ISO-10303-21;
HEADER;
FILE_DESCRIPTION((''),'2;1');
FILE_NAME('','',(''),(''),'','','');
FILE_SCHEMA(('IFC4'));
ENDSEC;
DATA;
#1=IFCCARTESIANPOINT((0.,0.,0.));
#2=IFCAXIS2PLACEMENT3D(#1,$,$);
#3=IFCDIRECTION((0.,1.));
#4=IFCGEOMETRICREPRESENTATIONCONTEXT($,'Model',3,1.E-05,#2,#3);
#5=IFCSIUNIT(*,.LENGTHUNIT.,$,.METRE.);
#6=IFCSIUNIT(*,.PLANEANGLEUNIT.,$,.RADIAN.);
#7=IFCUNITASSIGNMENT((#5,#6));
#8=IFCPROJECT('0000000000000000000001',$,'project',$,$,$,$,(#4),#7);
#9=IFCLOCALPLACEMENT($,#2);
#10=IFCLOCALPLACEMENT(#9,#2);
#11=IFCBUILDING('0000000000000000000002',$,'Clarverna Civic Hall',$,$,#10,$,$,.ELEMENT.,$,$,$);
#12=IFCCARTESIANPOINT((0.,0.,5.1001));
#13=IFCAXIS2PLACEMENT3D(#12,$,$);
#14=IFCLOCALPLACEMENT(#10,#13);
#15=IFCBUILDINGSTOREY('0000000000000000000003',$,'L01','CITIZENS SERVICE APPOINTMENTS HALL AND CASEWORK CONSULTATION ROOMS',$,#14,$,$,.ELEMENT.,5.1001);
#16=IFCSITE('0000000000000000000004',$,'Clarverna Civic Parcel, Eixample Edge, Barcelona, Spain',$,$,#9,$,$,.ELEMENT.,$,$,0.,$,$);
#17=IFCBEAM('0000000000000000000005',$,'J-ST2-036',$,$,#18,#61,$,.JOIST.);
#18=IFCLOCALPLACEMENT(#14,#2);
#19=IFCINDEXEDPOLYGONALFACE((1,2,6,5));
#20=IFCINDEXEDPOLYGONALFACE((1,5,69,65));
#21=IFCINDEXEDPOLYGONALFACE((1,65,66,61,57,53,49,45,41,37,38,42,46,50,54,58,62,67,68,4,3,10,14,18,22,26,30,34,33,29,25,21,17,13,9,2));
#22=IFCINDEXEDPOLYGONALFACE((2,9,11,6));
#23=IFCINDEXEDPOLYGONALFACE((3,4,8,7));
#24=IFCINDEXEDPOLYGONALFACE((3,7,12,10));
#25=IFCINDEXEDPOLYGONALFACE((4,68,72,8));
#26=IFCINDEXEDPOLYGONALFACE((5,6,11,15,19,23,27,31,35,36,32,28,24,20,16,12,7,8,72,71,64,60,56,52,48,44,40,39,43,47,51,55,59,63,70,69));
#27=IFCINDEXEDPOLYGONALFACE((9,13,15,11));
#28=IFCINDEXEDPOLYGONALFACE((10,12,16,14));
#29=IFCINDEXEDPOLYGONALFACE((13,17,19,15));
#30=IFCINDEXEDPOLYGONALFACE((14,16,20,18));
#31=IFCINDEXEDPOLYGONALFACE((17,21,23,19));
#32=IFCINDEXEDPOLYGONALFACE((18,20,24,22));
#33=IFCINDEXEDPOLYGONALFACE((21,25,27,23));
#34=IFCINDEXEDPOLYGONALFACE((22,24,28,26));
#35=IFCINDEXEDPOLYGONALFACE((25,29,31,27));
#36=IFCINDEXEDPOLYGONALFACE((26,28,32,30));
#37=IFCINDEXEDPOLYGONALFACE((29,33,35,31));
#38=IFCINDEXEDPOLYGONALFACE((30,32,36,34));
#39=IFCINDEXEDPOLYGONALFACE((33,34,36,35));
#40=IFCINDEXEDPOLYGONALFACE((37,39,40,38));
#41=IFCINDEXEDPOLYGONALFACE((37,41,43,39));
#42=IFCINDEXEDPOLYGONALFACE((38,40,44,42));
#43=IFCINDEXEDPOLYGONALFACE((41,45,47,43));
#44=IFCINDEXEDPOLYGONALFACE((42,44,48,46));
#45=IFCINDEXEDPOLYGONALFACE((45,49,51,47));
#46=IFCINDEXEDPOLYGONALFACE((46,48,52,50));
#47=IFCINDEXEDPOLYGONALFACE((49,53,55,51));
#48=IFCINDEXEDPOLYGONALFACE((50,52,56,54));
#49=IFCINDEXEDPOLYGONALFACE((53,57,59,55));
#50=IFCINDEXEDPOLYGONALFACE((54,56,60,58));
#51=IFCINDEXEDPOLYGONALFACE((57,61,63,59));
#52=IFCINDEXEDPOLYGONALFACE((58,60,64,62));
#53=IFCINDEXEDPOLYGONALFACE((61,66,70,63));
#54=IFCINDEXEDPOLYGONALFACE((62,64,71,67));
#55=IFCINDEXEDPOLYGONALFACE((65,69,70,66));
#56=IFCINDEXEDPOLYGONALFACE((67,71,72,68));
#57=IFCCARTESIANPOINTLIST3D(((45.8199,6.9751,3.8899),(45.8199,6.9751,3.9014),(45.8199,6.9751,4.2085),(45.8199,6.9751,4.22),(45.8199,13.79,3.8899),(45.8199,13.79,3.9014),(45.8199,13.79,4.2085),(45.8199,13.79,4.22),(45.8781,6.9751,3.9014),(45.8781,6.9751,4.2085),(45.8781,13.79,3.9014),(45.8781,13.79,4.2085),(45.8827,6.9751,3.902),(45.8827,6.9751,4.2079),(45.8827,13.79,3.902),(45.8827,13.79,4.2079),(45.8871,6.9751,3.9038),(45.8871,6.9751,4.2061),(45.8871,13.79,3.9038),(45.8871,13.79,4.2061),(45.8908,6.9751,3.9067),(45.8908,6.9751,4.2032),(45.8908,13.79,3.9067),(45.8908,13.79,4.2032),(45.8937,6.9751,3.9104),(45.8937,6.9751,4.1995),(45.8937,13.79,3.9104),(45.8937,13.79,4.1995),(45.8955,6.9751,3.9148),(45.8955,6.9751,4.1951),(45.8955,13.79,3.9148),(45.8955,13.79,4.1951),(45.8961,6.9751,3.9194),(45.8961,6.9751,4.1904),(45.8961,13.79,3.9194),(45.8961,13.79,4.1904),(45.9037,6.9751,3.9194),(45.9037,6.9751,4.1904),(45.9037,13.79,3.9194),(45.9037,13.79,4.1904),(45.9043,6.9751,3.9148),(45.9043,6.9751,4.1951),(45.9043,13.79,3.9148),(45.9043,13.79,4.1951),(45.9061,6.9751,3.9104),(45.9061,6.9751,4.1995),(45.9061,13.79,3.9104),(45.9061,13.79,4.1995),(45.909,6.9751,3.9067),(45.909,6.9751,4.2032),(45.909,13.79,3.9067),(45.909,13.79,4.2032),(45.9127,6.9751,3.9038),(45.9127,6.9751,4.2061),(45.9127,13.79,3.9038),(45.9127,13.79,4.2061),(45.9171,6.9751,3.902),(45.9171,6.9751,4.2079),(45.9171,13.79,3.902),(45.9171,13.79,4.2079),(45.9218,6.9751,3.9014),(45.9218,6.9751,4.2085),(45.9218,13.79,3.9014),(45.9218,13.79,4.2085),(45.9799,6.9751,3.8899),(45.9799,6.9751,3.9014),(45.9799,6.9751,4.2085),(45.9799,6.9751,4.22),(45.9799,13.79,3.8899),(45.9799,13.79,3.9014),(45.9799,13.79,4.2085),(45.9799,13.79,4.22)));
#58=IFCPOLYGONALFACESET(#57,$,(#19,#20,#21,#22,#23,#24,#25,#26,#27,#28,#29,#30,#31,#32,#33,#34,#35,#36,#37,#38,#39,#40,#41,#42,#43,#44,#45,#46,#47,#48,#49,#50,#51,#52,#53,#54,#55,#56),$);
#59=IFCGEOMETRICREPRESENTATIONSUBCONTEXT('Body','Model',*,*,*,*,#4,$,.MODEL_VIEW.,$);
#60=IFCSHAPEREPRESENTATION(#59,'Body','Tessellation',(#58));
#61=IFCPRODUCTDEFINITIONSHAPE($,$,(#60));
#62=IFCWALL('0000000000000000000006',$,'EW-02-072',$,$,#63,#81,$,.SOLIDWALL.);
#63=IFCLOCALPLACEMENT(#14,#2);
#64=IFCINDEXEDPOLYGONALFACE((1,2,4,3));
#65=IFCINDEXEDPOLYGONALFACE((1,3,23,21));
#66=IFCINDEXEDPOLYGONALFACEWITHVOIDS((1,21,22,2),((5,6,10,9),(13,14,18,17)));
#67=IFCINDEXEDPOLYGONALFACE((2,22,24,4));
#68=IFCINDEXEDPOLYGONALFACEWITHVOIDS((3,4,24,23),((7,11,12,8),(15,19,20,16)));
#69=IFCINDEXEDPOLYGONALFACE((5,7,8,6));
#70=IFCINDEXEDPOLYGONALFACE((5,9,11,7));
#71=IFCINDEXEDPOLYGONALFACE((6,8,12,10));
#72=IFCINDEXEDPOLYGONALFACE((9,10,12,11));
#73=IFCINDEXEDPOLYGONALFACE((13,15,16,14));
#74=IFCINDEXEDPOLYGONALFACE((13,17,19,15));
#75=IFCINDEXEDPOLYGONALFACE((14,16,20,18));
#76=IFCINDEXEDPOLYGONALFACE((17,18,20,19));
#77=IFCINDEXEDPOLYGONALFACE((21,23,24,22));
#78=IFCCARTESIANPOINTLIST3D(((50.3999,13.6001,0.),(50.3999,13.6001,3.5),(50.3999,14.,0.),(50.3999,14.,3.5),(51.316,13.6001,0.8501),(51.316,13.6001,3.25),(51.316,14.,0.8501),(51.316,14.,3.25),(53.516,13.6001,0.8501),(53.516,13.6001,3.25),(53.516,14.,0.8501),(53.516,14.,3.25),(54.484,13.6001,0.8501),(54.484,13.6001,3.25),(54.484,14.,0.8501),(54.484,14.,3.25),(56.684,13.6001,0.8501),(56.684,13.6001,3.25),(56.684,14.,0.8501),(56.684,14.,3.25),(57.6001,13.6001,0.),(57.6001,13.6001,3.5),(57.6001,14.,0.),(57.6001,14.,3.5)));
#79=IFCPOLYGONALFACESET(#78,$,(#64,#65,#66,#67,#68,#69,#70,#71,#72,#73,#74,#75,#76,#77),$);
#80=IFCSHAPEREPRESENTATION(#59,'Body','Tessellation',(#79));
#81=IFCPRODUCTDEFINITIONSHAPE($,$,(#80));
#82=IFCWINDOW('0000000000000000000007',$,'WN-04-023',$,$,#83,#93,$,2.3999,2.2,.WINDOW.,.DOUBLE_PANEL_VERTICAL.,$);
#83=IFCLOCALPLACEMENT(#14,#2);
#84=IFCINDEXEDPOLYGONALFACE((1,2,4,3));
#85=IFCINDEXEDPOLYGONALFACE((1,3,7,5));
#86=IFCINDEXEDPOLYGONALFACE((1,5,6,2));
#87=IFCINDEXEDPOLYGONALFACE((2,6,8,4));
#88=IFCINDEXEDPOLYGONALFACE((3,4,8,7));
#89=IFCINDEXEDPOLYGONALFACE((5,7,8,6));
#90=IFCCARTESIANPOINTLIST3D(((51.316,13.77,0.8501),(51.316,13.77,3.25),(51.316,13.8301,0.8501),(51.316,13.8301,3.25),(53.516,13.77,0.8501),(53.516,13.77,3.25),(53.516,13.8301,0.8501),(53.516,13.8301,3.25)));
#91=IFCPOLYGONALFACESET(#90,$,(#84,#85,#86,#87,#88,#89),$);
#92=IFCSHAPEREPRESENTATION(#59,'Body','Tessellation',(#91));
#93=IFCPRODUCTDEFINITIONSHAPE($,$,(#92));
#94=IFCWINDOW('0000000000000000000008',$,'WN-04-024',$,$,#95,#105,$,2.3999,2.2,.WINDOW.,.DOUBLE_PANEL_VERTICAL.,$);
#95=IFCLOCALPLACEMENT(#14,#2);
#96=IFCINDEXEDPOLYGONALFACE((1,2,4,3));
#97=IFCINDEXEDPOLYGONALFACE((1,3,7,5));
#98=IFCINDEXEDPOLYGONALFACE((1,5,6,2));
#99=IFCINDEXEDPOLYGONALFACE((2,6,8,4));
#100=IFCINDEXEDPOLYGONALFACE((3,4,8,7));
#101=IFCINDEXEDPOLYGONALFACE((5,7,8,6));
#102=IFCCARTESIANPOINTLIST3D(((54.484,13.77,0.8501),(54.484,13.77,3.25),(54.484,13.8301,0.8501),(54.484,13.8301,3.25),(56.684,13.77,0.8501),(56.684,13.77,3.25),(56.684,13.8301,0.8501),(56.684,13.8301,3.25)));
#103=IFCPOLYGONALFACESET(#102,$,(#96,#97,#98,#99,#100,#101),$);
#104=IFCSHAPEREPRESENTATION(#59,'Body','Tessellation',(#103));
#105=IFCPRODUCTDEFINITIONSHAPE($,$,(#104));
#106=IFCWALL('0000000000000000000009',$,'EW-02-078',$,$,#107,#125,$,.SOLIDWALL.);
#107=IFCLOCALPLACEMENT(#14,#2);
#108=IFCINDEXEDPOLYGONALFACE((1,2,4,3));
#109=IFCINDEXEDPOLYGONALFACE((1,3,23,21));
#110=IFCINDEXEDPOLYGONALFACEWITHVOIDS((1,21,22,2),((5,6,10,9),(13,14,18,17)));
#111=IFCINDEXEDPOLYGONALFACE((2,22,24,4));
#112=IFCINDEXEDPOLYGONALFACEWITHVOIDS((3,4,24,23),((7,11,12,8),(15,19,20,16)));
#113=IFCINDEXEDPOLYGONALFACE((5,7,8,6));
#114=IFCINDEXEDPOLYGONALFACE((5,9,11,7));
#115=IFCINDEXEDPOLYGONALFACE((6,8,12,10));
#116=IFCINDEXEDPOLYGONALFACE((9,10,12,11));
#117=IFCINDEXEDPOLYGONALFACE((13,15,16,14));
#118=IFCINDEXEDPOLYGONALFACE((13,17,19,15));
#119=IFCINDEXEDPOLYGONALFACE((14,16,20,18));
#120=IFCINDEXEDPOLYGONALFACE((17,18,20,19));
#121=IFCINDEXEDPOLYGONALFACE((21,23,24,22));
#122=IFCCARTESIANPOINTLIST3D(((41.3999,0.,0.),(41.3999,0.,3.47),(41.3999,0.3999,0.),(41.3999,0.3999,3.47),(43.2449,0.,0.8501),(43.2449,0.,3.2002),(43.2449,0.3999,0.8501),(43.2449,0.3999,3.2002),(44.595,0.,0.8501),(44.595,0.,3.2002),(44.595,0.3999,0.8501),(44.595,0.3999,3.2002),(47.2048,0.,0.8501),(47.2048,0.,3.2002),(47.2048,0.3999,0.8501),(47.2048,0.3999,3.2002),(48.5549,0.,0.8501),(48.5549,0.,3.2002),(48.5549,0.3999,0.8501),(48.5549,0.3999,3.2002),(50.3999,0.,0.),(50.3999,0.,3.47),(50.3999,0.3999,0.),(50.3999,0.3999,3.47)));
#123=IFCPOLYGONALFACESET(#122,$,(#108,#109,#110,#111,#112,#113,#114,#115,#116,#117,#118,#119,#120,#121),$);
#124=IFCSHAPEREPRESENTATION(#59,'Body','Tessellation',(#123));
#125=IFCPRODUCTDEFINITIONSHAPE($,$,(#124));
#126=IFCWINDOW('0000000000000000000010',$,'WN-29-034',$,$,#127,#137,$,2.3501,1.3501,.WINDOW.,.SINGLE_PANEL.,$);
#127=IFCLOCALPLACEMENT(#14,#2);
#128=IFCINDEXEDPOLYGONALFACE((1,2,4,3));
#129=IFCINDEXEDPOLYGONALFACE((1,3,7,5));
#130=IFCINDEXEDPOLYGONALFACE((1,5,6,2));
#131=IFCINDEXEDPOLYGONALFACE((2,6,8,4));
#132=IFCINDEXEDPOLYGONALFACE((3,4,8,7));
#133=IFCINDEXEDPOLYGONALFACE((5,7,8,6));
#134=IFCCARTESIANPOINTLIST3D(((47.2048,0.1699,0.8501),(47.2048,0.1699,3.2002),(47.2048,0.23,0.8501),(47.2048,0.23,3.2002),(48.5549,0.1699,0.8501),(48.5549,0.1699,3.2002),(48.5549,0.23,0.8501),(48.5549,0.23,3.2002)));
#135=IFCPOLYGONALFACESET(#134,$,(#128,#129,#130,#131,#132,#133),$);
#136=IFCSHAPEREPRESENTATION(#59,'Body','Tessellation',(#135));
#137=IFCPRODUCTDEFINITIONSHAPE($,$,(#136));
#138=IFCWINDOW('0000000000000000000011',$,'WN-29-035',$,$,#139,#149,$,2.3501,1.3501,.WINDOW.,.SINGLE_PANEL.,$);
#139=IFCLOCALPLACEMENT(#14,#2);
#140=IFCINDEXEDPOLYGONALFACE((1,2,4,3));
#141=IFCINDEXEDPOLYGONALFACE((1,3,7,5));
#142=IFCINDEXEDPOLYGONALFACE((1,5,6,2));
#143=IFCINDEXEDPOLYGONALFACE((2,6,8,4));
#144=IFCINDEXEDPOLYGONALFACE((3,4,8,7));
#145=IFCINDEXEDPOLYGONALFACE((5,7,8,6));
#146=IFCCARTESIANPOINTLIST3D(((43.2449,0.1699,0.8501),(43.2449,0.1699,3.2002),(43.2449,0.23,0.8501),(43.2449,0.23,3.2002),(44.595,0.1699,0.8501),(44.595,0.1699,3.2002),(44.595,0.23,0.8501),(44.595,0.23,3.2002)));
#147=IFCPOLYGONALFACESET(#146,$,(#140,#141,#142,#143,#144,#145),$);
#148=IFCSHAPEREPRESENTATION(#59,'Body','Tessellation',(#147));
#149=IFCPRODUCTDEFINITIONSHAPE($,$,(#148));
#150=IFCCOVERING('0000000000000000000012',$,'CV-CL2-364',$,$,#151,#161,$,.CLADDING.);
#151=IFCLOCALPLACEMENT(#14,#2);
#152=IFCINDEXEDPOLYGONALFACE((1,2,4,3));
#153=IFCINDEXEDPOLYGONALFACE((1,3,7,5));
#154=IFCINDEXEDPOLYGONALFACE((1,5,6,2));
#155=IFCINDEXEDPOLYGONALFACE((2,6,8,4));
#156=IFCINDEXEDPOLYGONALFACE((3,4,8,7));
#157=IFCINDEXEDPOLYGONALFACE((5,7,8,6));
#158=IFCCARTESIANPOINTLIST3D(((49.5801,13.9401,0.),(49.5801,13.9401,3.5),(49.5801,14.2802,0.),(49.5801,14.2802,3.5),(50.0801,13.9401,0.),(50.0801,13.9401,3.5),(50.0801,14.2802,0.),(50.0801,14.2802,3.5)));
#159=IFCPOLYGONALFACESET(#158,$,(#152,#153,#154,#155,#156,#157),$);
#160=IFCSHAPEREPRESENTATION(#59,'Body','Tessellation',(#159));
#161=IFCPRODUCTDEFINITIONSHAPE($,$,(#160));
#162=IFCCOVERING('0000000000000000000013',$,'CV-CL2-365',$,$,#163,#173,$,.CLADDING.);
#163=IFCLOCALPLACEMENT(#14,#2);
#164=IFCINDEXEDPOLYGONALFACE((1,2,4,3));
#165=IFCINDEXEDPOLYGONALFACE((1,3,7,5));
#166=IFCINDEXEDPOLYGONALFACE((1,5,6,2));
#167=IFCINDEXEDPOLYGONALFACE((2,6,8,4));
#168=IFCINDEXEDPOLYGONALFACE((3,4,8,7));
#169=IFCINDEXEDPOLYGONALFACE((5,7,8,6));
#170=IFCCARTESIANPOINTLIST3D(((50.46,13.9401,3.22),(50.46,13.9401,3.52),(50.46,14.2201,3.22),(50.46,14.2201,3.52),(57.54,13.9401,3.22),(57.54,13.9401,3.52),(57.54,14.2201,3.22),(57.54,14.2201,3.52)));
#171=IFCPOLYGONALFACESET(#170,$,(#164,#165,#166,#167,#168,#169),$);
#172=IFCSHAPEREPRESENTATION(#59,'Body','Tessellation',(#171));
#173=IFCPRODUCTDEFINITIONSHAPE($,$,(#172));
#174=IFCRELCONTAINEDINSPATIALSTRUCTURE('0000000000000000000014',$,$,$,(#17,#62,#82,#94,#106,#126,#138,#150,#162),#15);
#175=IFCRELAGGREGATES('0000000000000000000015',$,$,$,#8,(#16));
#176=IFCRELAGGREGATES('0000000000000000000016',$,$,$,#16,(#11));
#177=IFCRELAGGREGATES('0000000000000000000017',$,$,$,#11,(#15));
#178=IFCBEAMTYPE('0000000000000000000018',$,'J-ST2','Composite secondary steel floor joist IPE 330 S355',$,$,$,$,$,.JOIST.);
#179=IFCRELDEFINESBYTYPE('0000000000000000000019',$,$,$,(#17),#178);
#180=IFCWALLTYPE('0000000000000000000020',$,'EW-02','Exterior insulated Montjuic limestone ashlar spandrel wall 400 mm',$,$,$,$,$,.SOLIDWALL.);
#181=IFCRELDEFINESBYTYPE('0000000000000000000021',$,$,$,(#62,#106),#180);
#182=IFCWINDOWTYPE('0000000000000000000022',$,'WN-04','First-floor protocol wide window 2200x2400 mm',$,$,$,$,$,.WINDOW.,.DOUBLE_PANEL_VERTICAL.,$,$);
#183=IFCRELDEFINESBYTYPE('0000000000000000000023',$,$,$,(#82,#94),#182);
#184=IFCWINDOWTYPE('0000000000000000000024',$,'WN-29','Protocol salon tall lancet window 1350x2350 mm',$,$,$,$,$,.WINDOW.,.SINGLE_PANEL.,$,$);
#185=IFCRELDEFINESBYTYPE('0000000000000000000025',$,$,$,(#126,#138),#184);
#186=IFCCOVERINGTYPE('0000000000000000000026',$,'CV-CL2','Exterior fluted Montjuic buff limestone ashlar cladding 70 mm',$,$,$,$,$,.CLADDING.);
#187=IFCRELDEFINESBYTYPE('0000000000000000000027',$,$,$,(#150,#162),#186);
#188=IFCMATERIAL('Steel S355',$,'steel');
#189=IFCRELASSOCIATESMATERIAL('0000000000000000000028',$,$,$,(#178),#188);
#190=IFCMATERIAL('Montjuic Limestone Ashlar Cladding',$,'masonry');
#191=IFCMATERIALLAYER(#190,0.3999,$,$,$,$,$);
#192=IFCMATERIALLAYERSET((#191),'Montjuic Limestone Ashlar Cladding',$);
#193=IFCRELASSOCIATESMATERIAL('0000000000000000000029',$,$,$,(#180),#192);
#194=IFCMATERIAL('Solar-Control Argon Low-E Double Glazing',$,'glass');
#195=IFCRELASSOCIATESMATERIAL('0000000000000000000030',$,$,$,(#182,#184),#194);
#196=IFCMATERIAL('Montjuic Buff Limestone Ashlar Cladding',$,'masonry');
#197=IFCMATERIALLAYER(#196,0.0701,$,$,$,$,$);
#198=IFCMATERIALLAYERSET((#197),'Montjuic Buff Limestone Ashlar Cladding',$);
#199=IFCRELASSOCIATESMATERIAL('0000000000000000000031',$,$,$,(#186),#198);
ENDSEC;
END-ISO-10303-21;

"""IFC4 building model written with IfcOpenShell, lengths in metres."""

from ifc_helpers import new_model, si_unit, direction, frame, frame_2d, origin, origin_2d, place, context, subcontext, project, spatial, rectangle, i_section, extrude, material, layer, layer_set, material_profile, profile_set, type_object, element, fill, save


model = new_model("IFC4")

# Units and contexts
model_context = context("Model", 3, precision=1e-05, world=origin(), true_north=direction((0.0, 1.0)))
body_context = subcontext(model_context, "Body", "Model", "MODEL_VIEW")
ifc_project = project(units=[si_unit("LENGTHUNIT", "METRE"), si_unit("PLANEANGLEUNIT", "RADIAN")], contexts=[model_context])

# Site, building, storey
site_placement = place(None, origin())
site = spatial("IfcSite", under=ifc_project, at=site_placement, Name="Clarverna Civic Parcel, Eixample Edge, Barcelona, Spain", CompositionType="ELEMENT", RefElevation=0.0)
building_placement = place(site_placement, origin())
building = spatial("IfcBuilding", under=site, at=building_placement, Name="Clarverna Civic Hall", CompositionType="ELEMENT")
storey_placement = place(building_placement, frame((0.0, 0.0, 5.1001)))
storey = spatial("IfcBuildingStorey", under=building, at=storey_placement, Name="L01", Description="CITIZENS SERVICE APPOINTMENTS HALL AND CASEWORK CONSULTATION ROOMS", CompositionType="ELEMENT", Elevation=5.1001)

# Beam
ifc_material_1 = material(Name="Steel S355", Category="steel")
ifc_material_profile_1 = material_profile(ifc_material_1, i_section(OverallWidth=0.1599, OverallDepth=0.3301, WebThickness=0.0076, FlangeThickness=0.0115, FilletRadius=0.0181, at=origin_2d()), Name="IPE 330")
ifc_profile_set_1 = profile_set([ifc_material_profile_1], Name="Steel S355")
beam_type_1 = type_object("IfcBeamType", Name="J-ST2", Description="Composite secondary steel floor joist IPE 330 S355", PredefinedType="JOIST", material=ifc_profile_set_1)
beam_1_placement = place(storey_placement, frame((45.8999, 6.9751, 4.0549), z_axis=(0.0, 1.0, 0.0), x_axis=(-1.0, 0.0, 0.0)))
element("IfcBeam", 1, at=beam_1_placement, inside=storey, type_object=beam_type_1, Name="J-ST2-036", PredefinedType="JOIST", context=body_context, shape_type="SweptSolid", body=[
    extrude(i_section(OverallWidth=0.1599, OverallDepth=0.3301, WebThickness=0.0076, FlangeThickness=0.0115, FilletRadius=0.0181, at=origin_2d()), origin(), (0.0, 0.0, 1.0), 6.8149),
])

# Walls, openings, windows
ifc_material_2 = material(Name="Montjuic Limestone Ashlar Cladding", Category="masonry")
ifc_layer_1 = layer(ifc_material_2, 0.3999)
ifc_layer_set_1 = layer_set([ifc_layer_1], Name="Montjuic Limestone Ashlar Cladding")
wall_type = type_object("IfcWallType", Name="EW-02", Description="Exterior insulated Montjuic limestone ashlar spandrel wall 400 mm", PredefinedType="SOLIDWALL", material=ifc_layer_set_1)
wall_1_placement = place(storey_placement, frame((50.3999, 13.8, 0.0), z_axis=(0.0, 0.0, 1.0), x_axis=(1.0, 0.0, 0.0)))
wall_1 = element("IfcWall", 2, at=wall_1_placement, inside=storey, type_object=wall_type, Name="EW-02-072", PredefinedType="SOLIDWALL", context=body_context, shape_type="SweptSolid", body=[
    extrude(rectangle(XDim=7.2002, YDim=0.3999, at=frame_2d((3.6001, 0.0))), origin(), (0.0, 0.0, 1.0), 3.5),
])
opening_1_placement = place(wall_1_placement, frame((0.916, 0.0, 0.8501)))
opening_1 = element("IfcOpeningElement", 3, at=opening_1_placement, cuts=wall_1, PredefinedType="OPENING", context=body_context, shape_type="SweptSolid", body=[
    extrude(rectangle(XDim=2.2, YDim=2.3999, at=frame_2d((1.1001, 1.2))), frame((0.0, 0.21, 0.0), z_axis=(0.0, -1.0, 0.0), x_axis=(1.0, 0.0, 0.0)), (0.0, 0.0, 1.0), 0.4199),
])
opening_2_placement = place(wall_1_placement, frame((4.084, 0.0, 0.8501)))
opening_2 = element("IfcOpeningElement", 4, at=opening_2_placement, cuts=wall_1, PredefinedType="OPENING", context=body_context, shape_type="SweptSolid", body=[
    extrude(rectangle(XDim=2.2, YDim=2.3999, at=frame_2d((1.1001, 1.2))), frame((0.0, 0.21, 0.0), z_axis=(0.0, -1.0, 0.0), x_axis=(1.0, 0.0, 0.0)), (0.0, 0.0, 1.0), 0.4199),
])
ifc_material_3 = material(Name="Solar-Control Argon Low-E Double Glazing", Category="glass")
window_type_1 = type_object("IfcWindowType", Name="WN-04", Description="First-floor protocol wide window 2200x2400 mm", PartitioningType="DOUBLE_PANEL_VERTICAL", PredefinedType="WINDOW", material=ifc_material_3)
window_1_placement = place(opening_1_placement, origin())
window_1 = element("IfcWindow", 5, at=window_1_placement, inside=storey, type_object=window_type_1, Name="WN-04-023", OverallHeight=2.3999, OverallWidth=2.2, PartitioningType="DOUBLE_PANEL_VERTICAL", PredefinedType="WINDOW", context=body_context, shape_type="SweptSolid", body=[
    extrude(rectangle(XDim=2.2, YDim=2.3999, at=frame_2d((1.1001, 1.2))), frame((0.0, 0.03, 0.0), z_axis=(0.0, -1.0, 0.0), x_axis=(1.0, 0.0, 0.0)), (0.0, 0.0, 1.0), 0.0601),
])
fill(opening_1, window_1)
window_2_placement = place(opening_2_placement, origin())
window_2 = element("IfcWindow", 6, at=window_2_placement, inside=storey, type_object=window_type_1, Name="WN-04-024", OverallHeight=2.3999, OverallWidth=2.2, PartitioningType="DOUBLE_PANEL_VERTICAL", PredefinedType="WINDOW", context=body_context, shape_type="SweptSolid", body=[
    extrude(rectangle(XDim=2.2, YDim=2.3999, at=frame_2d((1.1001, 1.2))), frame((0.0, 0.03, 0.0), z_axis=(0.0, -1.0, 0.0), x_axis=(1.0, 0.0, 0.0)), (0.0, 0.0, 1.0), 0.0601),
])
fill(opening_2, window_2)
wall_2_placement = place(storey_placement, frame((50.3999, 0.2, 0.0), z_axis=(0.0, 0.0, 1.0), x_axis=(-1.0, 0.0, 0.0)))
wall_2 = element("IfcWall", 7, at=wall_2_placement, inside=storey, type_object=wall_type, Name="EW-02-078", PredefinedType="SOLIDWALL", context=body_context, shape_type="SweptSolid", body=[
    extrude(rectangle(XDim=9.0, YDim=0.3999, at=frame_2d((4.5, 0.0))), origin(), (0.0, 0.0, 1.0), 3.47),
])
opening_3_placement = place(wall_2_placement, frame((1.845, 0.0, 0.8501)))
opening_3 = element("IfcOpeningElement", 8, at=opening_3_placement, cuts=wall_2, PredefinedType="OPENING", context=body_context, shape_type="SweptSolid", body=[
    extrude(rectangle(XDim=1.3501, YDim=2.3501, at=frame_2d((0.675, 1.175))), frame((0.0, 0.21, 0.0), z_axis=(0.0, -1.0, 0.0), x_axis=(1.0, 0.0, 0.0)), (0.0, 0.0, 1.0), 0.4199),
])
opening_4_placement = place(wall_2_placement, frame((5.8049, 0.0, 0.8501)))
opening_4 = element("IfcOpeningElement", 9, at=opening_4_placement, cuts=wall_2, PredefinedType="OPENING", context=body_context, shape_type="SweptSolid", body=[
    extrude(rectangle(XDim=1.3501, YDim=2.3501, at=frame_2d((0.675, 1.175))), frame((0.0, 0.21, 0.0), z_axis=(0.0, -1.0, 0.0), x_axis=(1.0, 0.0, 0.0)), (0.0, 0.0, 1.0), 0.4199),
])
window_type_2 = type_object("IfcWindowType", Name="WN-29", Description="Protocol salon tall lancet window 1350x2350 mm", PartitioningType="SINGLE_PANEL", PredefinedType="WINDOW", material=ifc_material_3)
window_3_placement = place(opening_3_placement, origin())
window_3 = element("IfcWindow", 10, at=window_3_placement, inside=storey, type_object=window_type_2, Name="WN-29-034", OverallHeight=2.3501, OverallWidth=1.3501, PartitioningType="SINGLE_PANEL", PredefinedType="WINDOW", context=body_context, shape_type="SweptSolid", body=[
    extrude(rectangle(XDim=1.3501, YDim=2.3501, at=frame_2d((0.675, 1.175))), frame((0.0, 0.03, 0.0), z_axis=(0.0, -1.0, 0.0), x_axis=(1.0, 0.0, 0.0)), (0.0, 0.0, 1.0), 0.0601),
])
fill(opening_3, window_3)
window_4_placement = place(opening_4_placement, origin())
window_4 = element("IfcWindow", 11, at=window_4_placement, inside=storey, type_object=window_type_2, Name="WN-29-035", OverallHeight=2.3501, OverallWidth=1.3501, PartitioningType="SINGLE_PANEL", PredefinedType="WINDOW", context=body_context, shape_type="SweptSolid", body=[
    extrude(rectangle(XDim=1.3501, YDim=2.3501, at=frame_2d((0.675, 1.175))), frame((0.0, 0.03, 0.0), z_axis=(0.0, -1.0, 0.0), x_axis=(1.0, 0.0, 0.0)), (0.0, 0.0, 1.0), 0.0601),
])
fill(opening_4, window_4)

# Coverings
ifc_material_4 = material(Name="Montjuic Buff Limestone Ashlar Cladding", Category="masonry")
ifc_layer_2 = layer(ifc_material_4, 0.0701)
ifc_layer_set_2 = layer_set([ifc_layer_2], Name="Montjuic Buff Limestone Ashlar Cladding")
covering_type = type_object("IfcCoveringType", Name="CV-CL2", Description="Exterior fluted Montjuic buff limestone ashlar cladding 70 mm", PredefinedType="CLADDING", material=ifc_layer_set_2)
covering_1_placement = place(storey_placement, frame((49.5801, 14.1101, 0.0), z_axis=(0.0, 0.0, 1.0), x_axis=(1.0, 0.0, 0.0)))
element("IfcCovering", 12, at=covering_1_placement, inside=storey, type_object=covering_type, Name="CV-CL2-364", PredefinedType="CLADDING", context=body_context, shape_type="SweptSolid", body=[
    extrude(rectangle(XDim=0.5, YDim=0.3401, at=frame_2d((0.25, 0.0))), origin(), (0.0, 0.0, 1.0), 3.5),
])
covering_2_placement = place(storey_placement, frame((50.46, 14.0801, 3.22), z_axis=(0.0, 0.0, 1.0), x_axis=(1.0, 0.0, 0.0)))
element("IfcCovering", 13, at=covering_2_placement, inside=storey, type_object=covering_type, Name="CV-CL2-365", PredefinedType="CLADDING", context=body_context, shape_type="SweptSolid", body=[
    extrude(rectangle(XDim=7.0801, YDim=0.28, at=frame_2d((3.54, 0.0))), origin(), (0.0, 0.0, 1.0), 0.3),
])

save(model, "model.ifc")
